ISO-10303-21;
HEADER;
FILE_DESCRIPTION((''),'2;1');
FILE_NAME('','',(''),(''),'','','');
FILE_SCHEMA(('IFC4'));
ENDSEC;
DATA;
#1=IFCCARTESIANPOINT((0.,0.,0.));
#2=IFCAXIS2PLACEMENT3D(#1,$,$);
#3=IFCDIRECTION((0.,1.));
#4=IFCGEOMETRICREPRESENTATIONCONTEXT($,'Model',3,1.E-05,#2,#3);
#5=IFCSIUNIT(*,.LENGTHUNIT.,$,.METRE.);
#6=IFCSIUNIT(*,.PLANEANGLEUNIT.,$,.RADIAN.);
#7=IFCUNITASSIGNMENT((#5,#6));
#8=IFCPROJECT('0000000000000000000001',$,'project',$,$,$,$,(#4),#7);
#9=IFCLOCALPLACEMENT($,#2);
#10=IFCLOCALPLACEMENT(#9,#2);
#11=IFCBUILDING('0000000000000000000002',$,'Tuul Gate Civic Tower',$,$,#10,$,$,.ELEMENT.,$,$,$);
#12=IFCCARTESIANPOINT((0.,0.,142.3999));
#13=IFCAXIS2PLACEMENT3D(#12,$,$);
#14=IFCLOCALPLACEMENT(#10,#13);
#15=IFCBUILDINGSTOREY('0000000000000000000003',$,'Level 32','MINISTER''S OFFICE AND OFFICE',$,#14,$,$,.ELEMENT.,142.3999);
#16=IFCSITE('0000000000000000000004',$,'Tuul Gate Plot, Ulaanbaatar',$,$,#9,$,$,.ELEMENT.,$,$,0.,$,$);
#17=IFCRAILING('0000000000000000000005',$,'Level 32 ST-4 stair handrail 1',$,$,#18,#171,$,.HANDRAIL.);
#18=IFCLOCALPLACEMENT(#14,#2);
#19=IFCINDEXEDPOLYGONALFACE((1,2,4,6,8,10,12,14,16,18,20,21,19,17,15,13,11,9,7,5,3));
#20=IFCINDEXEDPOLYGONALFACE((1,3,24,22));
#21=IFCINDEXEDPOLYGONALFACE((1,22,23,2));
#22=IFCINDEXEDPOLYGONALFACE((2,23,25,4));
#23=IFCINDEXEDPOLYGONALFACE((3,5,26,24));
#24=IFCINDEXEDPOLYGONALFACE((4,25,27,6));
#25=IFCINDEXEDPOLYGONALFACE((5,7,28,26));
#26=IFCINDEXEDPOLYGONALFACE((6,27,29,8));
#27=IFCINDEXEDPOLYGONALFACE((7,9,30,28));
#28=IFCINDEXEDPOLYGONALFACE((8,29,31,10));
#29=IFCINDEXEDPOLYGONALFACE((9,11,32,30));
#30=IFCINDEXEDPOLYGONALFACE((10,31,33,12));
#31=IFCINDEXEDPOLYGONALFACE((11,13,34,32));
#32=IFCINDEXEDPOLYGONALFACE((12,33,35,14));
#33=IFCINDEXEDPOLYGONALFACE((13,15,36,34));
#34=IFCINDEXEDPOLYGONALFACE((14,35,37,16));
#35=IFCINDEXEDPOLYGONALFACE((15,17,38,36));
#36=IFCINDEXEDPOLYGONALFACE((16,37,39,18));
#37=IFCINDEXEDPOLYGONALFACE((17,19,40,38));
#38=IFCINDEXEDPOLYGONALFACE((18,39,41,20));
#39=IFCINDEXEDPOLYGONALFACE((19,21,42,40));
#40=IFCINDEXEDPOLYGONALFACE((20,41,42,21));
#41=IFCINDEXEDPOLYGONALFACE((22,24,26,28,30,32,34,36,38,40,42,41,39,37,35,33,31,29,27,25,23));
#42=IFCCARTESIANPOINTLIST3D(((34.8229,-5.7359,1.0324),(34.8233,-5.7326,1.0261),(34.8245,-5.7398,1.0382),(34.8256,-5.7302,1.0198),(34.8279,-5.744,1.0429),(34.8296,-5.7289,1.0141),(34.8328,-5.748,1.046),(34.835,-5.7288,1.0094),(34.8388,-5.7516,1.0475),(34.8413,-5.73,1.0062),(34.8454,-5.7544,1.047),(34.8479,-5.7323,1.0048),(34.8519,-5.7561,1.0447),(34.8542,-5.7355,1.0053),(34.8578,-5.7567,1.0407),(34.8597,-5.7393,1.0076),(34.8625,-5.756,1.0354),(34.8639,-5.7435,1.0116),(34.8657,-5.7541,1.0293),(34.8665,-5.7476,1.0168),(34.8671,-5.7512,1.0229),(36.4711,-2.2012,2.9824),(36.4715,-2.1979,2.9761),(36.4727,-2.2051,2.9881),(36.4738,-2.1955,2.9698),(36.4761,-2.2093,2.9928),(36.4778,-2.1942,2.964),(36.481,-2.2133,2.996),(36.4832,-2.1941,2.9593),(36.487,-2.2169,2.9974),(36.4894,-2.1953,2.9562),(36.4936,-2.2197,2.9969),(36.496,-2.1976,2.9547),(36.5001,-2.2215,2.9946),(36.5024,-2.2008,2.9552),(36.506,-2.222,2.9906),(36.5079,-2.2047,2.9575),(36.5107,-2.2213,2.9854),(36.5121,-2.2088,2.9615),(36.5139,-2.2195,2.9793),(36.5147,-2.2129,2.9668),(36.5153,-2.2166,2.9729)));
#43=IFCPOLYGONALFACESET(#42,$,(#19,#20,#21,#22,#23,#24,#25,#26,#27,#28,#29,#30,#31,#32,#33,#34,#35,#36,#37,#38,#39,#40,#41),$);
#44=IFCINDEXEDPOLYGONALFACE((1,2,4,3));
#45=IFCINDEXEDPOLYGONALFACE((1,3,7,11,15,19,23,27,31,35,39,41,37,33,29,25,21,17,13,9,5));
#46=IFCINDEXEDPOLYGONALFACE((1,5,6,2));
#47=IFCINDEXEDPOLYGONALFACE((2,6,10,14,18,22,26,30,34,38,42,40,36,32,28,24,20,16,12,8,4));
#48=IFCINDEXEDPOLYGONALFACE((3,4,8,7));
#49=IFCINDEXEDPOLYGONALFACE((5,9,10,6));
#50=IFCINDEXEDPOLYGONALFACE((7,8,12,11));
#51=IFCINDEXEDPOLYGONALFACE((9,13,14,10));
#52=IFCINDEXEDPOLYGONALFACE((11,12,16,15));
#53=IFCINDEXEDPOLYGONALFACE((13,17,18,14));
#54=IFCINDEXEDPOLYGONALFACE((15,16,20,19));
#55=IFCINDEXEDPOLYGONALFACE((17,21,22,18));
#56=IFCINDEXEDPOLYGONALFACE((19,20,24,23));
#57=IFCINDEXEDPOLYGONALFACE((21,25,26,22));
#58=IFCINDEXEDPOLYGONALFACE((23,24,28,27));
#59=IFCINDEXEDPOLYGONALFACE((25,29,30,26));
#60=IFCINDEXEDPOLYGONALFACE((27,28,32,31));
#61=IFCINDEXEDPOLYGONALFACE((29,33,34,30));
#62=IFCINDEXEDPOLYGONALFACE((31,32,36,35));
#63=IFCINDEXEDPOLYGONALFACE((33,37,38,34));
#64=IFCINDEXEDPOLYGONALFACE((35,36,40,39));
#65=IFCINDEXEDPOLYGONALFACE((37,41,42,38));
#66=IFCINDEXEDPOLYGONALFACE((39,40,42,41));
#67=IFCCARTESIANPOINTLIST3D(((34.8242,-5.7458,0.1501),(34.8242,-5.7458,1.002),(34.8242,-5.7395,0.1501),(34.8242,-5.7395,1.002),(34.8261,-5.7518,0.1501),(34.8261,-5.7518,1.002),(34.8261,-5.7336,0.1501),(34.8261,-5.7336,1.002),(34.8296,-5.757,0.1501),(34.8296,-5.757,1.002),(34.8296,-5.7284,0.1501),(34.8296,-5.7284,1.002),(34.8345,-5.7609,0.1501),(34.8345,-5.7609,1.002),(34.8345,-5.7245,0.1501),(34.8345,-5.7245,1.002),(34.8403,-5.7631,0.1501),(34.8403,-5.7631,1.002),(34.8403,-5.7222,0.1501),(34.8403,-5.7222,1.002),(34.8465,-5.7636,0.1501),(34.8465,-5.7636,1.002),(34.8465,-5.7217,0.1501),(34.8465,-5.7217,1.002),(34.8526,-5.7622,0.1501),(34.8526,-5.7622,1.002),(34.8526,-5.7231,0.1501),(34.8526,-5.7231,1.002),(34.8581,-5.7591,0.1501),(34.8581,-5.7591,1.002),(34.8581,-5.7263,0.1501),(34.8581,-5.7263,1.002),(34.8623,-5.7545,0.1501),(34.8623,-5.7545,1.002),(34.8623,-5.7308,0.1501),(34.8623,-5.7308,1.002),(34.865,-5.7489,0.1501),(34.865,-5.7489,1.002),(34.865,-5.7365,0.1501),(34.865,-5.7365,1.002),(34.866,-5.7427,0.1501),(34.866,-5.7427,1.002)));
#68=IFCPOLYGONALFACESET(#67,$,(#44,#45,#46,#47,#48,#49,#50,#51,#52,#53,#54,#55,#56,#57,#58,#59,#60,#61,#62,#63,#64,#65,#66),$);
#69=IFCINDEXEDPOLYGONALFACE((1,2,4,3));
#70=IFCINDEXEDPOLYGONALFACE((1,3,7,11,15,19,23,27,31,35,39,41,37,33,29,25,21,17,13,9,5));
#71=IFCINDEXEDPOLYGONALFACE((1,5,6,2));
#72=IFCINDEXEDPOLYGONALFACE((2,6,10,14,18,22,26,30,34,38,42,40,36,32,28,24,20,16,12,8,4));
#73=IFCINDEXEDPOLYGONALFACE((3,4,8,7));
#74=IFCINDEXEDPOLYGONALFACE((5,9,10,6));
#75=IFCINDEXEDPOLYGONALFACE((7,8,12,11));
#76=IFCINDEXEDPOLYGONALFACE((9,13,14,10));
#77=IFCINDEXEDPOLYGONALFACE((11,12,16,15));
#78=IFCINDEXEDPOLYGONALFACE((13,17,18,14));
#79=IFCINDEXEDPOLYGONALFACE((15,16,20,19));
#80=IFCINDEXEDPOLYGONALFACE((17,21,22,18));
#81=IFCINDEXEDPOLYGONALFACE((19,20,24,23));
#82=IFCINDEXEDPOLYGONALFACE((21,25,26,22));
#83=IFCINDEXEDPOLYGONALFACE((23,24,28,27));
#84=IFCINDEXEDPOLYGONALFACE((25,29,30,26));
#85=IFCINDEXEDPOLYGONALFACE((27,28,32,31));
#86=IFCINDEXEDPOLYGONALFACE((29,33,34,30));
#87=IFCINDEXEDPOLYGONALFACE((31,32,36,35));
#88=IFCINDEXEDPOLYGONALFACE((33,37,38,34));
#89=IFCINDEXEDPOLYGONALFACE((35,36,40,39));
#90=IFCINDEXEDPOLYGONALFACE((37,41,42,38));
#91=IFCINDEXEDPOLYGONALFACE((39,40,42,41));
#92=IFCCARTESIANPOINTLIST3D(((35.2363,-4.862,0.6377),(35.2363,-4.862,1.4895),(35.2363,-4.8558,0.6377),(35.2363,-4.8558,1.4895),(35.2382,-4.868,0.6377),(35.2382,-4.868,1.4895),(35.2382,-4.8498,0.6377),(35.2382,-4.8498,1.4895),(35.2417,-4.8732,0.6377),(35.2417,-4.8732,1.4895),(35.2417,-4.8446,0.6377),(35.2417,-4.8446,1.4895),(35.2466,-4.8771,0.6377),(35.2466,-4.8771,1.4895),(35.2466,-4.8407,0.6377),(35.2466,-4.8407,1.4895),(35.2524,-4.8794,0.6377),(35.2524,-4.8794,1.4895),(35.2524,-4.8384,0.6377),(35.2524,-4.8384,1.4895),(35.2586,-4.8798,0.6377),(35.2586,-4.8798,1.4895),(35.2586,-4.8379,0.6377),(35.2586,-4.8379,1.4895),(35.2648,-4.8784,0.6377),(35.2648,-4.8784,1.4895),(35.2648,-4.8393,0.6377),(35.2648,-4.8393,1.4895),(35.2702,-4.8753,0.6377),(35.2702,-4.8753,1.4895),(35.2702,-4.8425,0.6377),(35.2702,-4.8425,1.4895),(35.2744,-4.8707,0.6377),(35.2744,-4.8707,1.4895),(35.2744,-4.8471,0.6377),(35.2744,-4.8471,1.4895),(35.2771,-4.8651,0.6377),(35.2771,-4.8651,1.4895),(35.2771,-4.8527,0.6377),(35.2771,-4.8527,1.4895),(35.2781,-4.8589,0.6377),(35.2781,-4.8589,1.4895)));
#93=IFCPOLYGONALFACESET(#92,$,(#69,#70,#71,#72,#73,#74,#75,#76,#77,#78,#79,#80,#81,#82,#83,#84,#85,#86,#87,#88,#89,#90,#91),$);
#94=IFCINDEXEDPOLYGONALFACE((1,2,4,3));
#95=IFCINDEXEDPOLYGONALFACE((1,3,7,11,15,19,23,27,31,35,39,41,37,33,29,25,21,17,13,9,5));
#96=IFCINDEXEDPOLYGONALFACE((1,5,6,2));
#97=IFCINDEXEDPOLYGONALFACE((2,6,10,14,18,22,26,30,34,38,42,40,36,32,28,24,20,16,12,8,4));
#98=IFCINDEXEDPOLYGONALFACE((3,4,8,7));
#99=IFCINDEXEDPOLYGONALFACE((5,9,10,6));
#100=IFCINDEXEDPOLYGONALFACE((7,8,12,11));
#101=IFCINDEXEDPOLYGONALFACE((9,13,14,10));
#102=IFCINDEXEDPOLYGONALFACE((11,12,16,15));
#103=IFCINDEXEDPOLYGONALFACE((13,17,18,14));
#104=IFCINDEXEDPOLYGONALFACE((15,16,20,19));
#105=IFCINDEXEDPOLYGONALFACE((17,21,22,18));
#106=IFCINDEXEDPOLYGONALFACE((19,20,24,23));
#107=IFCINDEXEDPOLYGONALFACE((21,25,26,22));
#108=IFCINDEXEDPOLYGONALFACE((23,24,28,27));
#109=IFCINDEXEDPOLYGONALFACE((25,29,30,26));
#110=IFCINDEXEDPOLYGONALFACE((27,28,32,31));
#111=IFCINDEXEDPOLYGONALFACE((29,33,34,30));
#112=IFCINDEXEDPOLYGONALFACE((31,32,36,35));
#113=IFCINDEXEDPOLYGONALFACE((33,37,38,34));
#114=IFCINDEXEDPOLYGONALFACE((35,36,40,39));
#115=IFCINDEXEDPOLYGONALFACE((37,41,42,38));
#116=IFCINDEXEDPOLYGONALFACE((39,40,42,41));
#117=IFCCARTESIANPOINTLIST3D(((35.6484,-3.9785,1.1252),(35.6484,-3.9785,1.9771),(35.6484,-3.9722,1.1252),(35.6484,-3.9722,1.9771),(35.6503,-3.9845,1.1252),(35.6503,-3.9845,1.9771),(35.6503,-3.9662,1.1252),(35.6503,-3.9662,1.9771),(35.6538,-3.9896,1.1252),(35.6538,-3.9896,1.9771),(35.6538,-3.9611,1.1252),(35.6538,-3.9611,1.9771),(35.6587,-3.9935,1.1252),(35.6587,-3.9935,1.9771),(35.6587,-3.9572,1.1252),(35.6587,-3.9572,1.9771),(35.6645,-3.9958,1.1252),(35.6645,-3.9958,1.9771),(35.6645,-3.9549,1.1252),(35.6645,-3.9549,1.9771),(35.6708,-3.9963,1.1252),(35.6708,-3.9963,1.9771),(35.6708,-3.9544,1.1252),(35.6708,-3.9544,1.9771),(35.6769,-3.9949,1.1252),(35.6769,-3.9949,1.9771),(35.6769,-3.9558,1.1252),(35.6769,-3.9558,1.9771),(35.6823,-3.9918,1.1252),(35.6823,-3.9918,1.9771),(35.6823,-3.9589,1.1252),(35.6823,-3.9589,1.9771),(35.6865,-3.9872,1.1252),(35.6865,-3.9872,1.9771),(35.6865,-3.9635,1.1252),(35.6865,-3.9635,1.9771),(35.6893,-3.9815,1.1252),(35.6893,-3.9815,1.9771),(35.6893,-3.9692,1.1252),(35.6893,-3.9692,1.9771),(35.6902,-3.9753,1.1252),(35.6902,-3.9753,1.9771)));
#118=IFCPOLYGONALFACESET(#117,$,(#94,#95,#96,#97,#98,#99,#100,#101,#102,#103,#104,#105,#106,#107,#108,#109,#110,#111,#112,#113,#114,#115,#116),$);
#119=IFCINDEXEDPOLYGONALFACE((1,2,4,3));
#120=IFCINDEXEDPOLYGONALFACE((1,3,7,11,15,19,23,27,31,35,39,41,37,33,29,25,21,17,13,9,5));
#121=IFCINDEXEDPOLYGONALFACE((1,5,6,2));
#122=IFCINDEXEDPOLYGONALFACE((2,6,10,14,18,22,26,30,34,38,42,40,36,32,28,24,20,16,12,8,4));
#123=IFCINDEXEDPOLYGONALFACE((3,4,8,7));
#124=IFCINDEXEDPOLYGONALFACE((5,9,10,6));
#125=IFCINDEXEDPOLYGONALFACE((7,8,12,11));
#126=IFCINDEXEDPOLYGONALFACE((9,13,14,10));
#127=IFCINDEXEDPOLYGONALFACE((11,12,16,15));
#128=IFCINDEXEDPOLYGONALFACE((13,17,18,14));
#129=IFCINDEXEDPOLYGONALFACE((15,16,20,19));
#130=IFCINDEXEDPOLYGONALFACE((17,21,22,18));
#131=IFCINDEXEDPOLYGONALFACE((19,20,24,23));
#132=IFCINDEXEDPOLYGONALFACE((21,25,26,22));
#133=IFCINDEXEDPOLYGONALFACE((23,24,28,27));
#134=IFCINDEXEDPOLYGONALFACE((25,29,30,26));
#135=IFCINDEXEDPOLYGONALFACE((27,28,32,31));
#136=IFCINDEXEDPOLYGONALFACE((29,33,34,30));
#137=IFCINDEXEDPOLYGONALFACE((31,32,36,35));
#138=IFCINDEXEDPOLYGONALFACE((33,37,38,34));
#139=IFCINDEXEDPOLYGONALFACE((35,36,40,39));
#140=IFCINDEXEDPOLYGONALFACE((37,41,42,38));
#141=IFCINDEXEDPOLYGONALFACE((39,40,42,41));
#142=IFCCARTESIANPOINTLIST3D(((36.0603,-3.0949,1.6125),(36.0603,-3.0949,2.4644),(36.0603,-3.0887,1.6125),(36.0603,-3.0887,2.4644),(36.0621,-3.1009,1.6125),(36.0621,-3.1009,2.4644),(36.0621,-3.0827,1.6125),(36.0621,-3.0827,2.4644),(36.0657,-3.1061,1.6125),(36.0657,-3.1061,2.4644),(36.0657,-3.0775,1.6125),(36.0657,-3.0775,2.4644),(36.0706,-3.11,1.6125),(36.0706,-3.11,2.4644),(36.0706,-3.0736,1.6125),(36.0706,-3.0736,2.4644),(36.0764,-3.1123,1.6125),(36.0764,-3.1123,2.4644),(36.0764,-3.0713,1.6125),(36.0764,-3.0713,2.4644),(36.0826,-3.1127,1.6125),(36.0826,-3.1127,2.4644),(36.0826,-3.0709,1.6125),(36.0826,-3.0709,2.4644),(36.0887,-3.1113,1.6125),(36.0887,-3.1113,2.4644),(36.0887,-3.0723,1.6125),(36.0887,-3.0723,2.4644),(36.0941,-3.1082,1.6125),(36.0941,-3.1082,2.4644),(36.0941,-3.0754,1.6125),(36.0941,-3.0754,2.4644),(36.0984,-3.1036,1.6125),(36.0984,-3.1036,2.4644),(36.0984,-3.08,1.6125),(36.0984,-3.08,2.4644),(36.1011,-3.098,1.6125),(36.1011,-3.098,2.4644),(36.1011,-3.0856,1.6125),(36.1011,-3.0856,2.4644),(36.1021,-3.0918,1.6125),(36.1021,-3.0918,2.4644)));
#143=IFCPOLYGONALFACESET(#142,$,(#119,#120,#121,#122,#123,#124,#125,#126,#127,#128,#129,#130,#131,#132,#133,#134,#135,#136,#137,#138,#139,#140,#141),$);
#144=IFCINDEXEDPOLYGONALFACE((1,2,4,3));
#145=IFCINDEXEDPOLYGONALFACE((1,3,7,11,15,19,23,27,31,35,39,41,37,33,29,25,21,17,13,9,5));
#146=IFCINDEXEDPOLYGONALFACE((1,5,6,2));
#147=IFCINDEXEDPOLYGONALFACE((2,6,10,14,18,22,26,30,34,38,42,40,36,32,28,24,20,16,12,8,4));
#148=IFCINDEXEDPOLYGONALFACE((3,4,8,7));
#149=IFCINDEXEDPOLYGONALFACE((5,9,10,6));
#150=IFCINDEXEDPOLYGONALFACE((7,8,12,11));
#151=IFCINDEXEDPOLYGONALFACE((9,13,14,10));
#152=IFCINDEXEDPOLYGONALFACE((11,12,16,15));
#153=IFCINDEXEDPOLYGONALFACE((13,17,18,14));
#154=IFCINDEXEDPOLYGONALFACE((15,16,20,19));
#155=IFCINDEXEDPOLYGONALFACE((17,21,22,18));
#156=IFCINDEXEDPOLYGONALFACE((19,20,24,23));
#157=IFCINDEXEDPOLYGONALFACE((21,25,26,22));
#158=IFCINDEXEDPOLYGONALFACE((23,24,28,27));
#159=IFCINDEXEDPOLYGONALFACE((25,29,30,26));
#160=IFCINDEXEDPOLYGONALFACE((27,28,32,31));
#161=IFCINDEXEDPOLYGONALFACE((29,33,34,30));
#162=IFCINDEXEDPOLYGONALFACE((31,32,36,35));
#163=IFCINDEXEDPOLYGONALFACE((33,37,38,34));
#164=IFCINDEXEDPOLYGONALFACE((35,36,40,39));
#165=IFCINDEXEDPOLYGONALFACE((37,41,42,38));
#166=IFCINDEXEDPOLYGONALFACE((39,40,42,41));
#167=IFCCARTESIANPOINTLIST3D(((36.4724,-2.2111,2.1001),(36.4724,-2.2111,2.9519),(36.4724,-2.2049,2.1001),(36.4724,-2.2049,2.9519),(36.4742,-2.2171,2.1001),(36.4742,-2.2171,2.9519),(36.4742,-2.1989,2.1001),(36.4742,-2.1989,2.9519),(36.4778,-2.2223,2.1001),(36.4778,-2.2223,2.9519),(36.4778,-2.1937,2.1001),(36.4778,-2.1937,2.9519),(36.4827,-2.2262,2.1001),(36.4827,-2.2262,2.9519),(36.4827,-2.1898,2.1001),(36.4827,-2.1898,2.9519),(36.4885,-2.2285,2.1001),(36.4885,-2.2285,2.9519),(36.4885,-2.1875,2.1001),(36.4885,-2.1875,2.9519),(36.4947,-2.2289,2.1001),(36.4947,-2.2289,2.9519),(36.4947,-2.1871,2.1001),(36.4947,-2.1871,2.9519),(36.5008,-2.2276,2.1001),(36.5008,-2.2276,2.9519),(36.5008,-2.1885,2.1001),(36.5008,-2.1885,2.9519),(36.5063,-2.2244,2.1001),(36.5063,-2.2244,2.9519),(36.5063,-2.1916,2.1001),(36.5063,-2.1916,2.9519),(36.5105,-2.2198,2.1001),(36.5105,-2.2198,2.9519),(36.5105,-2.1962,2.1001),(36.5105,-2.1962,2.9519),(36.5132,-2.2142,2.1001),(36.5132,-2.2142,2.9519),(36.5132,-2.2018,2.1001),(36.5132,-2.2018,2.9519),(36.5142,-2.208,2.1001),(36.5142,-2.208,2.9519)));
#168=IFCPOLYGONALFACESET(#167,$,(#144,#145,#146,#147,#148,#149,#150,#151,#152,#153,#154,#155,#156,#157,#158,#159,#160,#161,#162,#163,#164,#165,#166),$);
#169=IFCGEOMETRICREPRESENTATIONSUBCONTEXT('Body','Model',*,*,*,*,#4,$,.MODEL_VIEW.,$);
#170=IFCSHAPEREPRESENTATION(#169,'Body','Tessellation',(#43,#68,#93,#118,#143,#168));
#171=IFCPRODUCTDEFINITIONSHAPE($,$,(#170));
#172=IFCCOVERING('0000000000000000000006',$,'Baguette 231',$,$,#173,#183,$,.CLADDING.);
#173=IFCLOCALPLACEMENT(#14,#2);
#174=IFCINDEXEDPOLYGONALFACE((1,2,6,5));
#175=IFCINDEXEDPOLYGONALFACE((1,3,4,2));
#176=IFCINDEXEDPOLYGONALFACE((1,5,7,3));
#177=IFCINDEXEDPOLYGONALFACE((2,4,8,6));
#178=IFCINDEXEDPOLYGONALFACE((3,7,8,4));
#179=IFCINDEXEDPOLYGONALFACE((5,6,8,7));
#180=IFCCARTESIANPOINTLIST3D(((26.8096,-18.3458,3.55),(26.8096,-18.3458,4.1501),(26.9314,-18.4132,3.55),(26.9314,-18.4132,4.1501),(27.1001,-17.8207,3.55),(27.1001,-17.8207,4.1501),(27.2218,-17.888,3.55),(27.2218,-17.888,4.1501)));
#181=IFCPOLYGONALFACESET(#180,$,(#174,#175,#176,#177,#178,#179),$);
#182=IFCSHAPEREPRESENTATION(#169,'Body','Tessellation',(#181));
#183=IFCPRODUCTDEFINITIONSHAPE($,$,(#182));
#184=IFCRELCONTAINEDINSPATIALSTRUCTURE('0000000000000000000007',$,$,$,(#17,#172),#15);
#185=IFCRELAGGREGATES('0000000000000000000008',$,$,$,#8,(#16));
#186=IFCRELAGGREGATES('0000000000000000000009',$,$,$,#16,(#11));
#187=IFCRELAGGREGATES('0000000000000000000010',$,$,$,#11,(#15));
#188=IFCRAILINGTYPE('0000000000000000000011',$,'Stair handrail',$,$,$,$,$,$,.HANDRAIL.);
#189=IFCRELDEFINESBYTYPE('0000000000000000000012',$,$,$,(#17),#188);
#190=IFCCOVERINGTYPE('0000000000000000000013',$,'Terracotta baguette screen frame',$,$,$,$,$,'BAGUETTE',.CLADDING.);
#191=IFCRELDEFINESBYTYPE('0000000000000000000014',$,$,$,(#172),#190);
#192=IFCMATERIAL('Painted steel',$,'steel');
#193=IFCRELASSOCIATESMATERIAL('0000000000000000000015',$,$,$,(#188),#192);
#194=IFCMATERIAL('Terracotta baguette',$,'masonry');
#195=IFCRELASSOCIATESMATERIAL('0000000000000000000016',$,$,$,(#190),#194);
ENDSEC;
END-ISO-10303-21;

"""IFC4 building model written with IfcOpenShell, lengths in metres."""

from ifc_helpers import new_model, si_unit, direction, frame, origin, origin_2d, place, context, subcontext, project, spatial, rectangle, circle, extrude, material, material_profile, profile_set, type_object, element, save


model = new_model("IFC4")

# Units and contexts
model_context = context("Model", 3, precision=1e-05, world=origin(), true_north=direction((0.0, 1.0)))
body_context = subcontext(model_context, "Body", "Model", "MODEL_VIEW")
ifc_project = project(units=[si_unit("LENGTHUNIT", "METRE"), si_unit("PLANEANGLEUNIT", "RADIAN")], contexts=[model_context])

# Site, building, storey
site_placement = place(None, origin())
site = spatial("IfcSite", under=ifc_project, at=site_placement, Name="Tuul Gate Plot, Ulaanbaatar", CompositionType="ELEMENT", RefElevation=0.0)
building_placement = place(site_placement, origin())
building = spatial("IfcBuilding", under=site, at=building_placement, Name="Tuul Gate Civic Tower", CompositionType="ELEMENT")
storey_placement = place(building_placement, frame((0.0, 0.0, 142.3999)))
storey = spatial("IfcBuildingStorey", under=building, at=storey_placement, Name="Level 32", Description="MINISTER'S OFFICE AND OFFICE", CompositionType="ELEMENT", Elevation=142.3999)

# Railing
ifc_material_1 = material(Name="Painted steel", Category="steel")
railing_type = type_object("IfcRailingType", Name="Stair handrail", PredefinedType="HANDRAIL", material=ifc_material_1)
railing_placement = place(storey_placement, frame((34.845, -5.7427, 0.1501)))
element("IfcRailing", 1, at=railing_placement, inside=storey, type_object=railing_type, Name="Level 32 ST-4 stair handrail 1", PredefinedType="HANDRAIL", context=body_context, shape_type="SweptSolid", body=[
    extrude(circle(Radius=0.0239, at=origin_2d()), frame((0.0, 0.0, 0.876), z_axis=(0.377995, 0.810637, 0.4472), x_axis=(-0.906313, 0.422608, 0.0)), (0.0, 0.0, 1.0), 4.3604),
    extrude(circle(Radius=0.021, at=origin_2d()), origin(), (0.0, 0.0, 1.0), 0.8518),
    extrude(circle(Radius=0.021, at=origin_2d()), frame((0.4121, 0.8838, 0.4875)), (0.0, 0.0, 1.0), 0.8518),
    extrude(circle(Radius=0.021, at=origin_2d()), frame((0.8242, 1.7673, 0.9751)), (0.0, 0.0, 1.0), 0.8518),
    extrude(circle(Radius=0.021, at=origin_2d()), frame((1.2361, 2.6509, 1.4624)), (0.0, 0.0, 1.0), 0.8518),
    extrude(circle(Radius=0.021, at=origin_2d()), frame((1.6482, 3.5347, 1.95)), (0.0, 0.0, 1.0), 0.8518),
])

# Covering
ifc_material_2 = material(Name="Terracotta baguette", Category="masonry")
ifc_material_profile_1 = material_profile(ifc_material_2, rectangle(XDim=0.6001, YDim=0.6001, at=origin_2d()), Name="Terracotta baguette screen frame")
ifc_profile_set_1 = profile_set([ifc_material_profile_1], Name="Terracotta baguette")
covering_type = type_object("IfcCoveringType", Name="Terracotta baguette screen frame", ElementType="BAGUETTE", PredefinedType="CLADDING", material=ifc_profile_set_1)
covering_placement = place(storey_placement, frame((26.9548, -18.0833, 3.8501), z_axis=(0.875066, -0.484004, 0.0), x_axis=(0.484004, 0.875066, 0.0)))
element("IfcCovering", 2, at=covering_placement, inside=storey, type_object=covering_type, Name="Baguette 231", PredefinedType="CLADDING", context=body_context, shape_type="SweptSolid", body=[
    extrude(rectangle(XDim=0.6001, YDim=0.6001, at=origin_2d()), origin(), (0.0, 0.0, 1.0), 0.1392),
])

save(model, "model.ifc")
